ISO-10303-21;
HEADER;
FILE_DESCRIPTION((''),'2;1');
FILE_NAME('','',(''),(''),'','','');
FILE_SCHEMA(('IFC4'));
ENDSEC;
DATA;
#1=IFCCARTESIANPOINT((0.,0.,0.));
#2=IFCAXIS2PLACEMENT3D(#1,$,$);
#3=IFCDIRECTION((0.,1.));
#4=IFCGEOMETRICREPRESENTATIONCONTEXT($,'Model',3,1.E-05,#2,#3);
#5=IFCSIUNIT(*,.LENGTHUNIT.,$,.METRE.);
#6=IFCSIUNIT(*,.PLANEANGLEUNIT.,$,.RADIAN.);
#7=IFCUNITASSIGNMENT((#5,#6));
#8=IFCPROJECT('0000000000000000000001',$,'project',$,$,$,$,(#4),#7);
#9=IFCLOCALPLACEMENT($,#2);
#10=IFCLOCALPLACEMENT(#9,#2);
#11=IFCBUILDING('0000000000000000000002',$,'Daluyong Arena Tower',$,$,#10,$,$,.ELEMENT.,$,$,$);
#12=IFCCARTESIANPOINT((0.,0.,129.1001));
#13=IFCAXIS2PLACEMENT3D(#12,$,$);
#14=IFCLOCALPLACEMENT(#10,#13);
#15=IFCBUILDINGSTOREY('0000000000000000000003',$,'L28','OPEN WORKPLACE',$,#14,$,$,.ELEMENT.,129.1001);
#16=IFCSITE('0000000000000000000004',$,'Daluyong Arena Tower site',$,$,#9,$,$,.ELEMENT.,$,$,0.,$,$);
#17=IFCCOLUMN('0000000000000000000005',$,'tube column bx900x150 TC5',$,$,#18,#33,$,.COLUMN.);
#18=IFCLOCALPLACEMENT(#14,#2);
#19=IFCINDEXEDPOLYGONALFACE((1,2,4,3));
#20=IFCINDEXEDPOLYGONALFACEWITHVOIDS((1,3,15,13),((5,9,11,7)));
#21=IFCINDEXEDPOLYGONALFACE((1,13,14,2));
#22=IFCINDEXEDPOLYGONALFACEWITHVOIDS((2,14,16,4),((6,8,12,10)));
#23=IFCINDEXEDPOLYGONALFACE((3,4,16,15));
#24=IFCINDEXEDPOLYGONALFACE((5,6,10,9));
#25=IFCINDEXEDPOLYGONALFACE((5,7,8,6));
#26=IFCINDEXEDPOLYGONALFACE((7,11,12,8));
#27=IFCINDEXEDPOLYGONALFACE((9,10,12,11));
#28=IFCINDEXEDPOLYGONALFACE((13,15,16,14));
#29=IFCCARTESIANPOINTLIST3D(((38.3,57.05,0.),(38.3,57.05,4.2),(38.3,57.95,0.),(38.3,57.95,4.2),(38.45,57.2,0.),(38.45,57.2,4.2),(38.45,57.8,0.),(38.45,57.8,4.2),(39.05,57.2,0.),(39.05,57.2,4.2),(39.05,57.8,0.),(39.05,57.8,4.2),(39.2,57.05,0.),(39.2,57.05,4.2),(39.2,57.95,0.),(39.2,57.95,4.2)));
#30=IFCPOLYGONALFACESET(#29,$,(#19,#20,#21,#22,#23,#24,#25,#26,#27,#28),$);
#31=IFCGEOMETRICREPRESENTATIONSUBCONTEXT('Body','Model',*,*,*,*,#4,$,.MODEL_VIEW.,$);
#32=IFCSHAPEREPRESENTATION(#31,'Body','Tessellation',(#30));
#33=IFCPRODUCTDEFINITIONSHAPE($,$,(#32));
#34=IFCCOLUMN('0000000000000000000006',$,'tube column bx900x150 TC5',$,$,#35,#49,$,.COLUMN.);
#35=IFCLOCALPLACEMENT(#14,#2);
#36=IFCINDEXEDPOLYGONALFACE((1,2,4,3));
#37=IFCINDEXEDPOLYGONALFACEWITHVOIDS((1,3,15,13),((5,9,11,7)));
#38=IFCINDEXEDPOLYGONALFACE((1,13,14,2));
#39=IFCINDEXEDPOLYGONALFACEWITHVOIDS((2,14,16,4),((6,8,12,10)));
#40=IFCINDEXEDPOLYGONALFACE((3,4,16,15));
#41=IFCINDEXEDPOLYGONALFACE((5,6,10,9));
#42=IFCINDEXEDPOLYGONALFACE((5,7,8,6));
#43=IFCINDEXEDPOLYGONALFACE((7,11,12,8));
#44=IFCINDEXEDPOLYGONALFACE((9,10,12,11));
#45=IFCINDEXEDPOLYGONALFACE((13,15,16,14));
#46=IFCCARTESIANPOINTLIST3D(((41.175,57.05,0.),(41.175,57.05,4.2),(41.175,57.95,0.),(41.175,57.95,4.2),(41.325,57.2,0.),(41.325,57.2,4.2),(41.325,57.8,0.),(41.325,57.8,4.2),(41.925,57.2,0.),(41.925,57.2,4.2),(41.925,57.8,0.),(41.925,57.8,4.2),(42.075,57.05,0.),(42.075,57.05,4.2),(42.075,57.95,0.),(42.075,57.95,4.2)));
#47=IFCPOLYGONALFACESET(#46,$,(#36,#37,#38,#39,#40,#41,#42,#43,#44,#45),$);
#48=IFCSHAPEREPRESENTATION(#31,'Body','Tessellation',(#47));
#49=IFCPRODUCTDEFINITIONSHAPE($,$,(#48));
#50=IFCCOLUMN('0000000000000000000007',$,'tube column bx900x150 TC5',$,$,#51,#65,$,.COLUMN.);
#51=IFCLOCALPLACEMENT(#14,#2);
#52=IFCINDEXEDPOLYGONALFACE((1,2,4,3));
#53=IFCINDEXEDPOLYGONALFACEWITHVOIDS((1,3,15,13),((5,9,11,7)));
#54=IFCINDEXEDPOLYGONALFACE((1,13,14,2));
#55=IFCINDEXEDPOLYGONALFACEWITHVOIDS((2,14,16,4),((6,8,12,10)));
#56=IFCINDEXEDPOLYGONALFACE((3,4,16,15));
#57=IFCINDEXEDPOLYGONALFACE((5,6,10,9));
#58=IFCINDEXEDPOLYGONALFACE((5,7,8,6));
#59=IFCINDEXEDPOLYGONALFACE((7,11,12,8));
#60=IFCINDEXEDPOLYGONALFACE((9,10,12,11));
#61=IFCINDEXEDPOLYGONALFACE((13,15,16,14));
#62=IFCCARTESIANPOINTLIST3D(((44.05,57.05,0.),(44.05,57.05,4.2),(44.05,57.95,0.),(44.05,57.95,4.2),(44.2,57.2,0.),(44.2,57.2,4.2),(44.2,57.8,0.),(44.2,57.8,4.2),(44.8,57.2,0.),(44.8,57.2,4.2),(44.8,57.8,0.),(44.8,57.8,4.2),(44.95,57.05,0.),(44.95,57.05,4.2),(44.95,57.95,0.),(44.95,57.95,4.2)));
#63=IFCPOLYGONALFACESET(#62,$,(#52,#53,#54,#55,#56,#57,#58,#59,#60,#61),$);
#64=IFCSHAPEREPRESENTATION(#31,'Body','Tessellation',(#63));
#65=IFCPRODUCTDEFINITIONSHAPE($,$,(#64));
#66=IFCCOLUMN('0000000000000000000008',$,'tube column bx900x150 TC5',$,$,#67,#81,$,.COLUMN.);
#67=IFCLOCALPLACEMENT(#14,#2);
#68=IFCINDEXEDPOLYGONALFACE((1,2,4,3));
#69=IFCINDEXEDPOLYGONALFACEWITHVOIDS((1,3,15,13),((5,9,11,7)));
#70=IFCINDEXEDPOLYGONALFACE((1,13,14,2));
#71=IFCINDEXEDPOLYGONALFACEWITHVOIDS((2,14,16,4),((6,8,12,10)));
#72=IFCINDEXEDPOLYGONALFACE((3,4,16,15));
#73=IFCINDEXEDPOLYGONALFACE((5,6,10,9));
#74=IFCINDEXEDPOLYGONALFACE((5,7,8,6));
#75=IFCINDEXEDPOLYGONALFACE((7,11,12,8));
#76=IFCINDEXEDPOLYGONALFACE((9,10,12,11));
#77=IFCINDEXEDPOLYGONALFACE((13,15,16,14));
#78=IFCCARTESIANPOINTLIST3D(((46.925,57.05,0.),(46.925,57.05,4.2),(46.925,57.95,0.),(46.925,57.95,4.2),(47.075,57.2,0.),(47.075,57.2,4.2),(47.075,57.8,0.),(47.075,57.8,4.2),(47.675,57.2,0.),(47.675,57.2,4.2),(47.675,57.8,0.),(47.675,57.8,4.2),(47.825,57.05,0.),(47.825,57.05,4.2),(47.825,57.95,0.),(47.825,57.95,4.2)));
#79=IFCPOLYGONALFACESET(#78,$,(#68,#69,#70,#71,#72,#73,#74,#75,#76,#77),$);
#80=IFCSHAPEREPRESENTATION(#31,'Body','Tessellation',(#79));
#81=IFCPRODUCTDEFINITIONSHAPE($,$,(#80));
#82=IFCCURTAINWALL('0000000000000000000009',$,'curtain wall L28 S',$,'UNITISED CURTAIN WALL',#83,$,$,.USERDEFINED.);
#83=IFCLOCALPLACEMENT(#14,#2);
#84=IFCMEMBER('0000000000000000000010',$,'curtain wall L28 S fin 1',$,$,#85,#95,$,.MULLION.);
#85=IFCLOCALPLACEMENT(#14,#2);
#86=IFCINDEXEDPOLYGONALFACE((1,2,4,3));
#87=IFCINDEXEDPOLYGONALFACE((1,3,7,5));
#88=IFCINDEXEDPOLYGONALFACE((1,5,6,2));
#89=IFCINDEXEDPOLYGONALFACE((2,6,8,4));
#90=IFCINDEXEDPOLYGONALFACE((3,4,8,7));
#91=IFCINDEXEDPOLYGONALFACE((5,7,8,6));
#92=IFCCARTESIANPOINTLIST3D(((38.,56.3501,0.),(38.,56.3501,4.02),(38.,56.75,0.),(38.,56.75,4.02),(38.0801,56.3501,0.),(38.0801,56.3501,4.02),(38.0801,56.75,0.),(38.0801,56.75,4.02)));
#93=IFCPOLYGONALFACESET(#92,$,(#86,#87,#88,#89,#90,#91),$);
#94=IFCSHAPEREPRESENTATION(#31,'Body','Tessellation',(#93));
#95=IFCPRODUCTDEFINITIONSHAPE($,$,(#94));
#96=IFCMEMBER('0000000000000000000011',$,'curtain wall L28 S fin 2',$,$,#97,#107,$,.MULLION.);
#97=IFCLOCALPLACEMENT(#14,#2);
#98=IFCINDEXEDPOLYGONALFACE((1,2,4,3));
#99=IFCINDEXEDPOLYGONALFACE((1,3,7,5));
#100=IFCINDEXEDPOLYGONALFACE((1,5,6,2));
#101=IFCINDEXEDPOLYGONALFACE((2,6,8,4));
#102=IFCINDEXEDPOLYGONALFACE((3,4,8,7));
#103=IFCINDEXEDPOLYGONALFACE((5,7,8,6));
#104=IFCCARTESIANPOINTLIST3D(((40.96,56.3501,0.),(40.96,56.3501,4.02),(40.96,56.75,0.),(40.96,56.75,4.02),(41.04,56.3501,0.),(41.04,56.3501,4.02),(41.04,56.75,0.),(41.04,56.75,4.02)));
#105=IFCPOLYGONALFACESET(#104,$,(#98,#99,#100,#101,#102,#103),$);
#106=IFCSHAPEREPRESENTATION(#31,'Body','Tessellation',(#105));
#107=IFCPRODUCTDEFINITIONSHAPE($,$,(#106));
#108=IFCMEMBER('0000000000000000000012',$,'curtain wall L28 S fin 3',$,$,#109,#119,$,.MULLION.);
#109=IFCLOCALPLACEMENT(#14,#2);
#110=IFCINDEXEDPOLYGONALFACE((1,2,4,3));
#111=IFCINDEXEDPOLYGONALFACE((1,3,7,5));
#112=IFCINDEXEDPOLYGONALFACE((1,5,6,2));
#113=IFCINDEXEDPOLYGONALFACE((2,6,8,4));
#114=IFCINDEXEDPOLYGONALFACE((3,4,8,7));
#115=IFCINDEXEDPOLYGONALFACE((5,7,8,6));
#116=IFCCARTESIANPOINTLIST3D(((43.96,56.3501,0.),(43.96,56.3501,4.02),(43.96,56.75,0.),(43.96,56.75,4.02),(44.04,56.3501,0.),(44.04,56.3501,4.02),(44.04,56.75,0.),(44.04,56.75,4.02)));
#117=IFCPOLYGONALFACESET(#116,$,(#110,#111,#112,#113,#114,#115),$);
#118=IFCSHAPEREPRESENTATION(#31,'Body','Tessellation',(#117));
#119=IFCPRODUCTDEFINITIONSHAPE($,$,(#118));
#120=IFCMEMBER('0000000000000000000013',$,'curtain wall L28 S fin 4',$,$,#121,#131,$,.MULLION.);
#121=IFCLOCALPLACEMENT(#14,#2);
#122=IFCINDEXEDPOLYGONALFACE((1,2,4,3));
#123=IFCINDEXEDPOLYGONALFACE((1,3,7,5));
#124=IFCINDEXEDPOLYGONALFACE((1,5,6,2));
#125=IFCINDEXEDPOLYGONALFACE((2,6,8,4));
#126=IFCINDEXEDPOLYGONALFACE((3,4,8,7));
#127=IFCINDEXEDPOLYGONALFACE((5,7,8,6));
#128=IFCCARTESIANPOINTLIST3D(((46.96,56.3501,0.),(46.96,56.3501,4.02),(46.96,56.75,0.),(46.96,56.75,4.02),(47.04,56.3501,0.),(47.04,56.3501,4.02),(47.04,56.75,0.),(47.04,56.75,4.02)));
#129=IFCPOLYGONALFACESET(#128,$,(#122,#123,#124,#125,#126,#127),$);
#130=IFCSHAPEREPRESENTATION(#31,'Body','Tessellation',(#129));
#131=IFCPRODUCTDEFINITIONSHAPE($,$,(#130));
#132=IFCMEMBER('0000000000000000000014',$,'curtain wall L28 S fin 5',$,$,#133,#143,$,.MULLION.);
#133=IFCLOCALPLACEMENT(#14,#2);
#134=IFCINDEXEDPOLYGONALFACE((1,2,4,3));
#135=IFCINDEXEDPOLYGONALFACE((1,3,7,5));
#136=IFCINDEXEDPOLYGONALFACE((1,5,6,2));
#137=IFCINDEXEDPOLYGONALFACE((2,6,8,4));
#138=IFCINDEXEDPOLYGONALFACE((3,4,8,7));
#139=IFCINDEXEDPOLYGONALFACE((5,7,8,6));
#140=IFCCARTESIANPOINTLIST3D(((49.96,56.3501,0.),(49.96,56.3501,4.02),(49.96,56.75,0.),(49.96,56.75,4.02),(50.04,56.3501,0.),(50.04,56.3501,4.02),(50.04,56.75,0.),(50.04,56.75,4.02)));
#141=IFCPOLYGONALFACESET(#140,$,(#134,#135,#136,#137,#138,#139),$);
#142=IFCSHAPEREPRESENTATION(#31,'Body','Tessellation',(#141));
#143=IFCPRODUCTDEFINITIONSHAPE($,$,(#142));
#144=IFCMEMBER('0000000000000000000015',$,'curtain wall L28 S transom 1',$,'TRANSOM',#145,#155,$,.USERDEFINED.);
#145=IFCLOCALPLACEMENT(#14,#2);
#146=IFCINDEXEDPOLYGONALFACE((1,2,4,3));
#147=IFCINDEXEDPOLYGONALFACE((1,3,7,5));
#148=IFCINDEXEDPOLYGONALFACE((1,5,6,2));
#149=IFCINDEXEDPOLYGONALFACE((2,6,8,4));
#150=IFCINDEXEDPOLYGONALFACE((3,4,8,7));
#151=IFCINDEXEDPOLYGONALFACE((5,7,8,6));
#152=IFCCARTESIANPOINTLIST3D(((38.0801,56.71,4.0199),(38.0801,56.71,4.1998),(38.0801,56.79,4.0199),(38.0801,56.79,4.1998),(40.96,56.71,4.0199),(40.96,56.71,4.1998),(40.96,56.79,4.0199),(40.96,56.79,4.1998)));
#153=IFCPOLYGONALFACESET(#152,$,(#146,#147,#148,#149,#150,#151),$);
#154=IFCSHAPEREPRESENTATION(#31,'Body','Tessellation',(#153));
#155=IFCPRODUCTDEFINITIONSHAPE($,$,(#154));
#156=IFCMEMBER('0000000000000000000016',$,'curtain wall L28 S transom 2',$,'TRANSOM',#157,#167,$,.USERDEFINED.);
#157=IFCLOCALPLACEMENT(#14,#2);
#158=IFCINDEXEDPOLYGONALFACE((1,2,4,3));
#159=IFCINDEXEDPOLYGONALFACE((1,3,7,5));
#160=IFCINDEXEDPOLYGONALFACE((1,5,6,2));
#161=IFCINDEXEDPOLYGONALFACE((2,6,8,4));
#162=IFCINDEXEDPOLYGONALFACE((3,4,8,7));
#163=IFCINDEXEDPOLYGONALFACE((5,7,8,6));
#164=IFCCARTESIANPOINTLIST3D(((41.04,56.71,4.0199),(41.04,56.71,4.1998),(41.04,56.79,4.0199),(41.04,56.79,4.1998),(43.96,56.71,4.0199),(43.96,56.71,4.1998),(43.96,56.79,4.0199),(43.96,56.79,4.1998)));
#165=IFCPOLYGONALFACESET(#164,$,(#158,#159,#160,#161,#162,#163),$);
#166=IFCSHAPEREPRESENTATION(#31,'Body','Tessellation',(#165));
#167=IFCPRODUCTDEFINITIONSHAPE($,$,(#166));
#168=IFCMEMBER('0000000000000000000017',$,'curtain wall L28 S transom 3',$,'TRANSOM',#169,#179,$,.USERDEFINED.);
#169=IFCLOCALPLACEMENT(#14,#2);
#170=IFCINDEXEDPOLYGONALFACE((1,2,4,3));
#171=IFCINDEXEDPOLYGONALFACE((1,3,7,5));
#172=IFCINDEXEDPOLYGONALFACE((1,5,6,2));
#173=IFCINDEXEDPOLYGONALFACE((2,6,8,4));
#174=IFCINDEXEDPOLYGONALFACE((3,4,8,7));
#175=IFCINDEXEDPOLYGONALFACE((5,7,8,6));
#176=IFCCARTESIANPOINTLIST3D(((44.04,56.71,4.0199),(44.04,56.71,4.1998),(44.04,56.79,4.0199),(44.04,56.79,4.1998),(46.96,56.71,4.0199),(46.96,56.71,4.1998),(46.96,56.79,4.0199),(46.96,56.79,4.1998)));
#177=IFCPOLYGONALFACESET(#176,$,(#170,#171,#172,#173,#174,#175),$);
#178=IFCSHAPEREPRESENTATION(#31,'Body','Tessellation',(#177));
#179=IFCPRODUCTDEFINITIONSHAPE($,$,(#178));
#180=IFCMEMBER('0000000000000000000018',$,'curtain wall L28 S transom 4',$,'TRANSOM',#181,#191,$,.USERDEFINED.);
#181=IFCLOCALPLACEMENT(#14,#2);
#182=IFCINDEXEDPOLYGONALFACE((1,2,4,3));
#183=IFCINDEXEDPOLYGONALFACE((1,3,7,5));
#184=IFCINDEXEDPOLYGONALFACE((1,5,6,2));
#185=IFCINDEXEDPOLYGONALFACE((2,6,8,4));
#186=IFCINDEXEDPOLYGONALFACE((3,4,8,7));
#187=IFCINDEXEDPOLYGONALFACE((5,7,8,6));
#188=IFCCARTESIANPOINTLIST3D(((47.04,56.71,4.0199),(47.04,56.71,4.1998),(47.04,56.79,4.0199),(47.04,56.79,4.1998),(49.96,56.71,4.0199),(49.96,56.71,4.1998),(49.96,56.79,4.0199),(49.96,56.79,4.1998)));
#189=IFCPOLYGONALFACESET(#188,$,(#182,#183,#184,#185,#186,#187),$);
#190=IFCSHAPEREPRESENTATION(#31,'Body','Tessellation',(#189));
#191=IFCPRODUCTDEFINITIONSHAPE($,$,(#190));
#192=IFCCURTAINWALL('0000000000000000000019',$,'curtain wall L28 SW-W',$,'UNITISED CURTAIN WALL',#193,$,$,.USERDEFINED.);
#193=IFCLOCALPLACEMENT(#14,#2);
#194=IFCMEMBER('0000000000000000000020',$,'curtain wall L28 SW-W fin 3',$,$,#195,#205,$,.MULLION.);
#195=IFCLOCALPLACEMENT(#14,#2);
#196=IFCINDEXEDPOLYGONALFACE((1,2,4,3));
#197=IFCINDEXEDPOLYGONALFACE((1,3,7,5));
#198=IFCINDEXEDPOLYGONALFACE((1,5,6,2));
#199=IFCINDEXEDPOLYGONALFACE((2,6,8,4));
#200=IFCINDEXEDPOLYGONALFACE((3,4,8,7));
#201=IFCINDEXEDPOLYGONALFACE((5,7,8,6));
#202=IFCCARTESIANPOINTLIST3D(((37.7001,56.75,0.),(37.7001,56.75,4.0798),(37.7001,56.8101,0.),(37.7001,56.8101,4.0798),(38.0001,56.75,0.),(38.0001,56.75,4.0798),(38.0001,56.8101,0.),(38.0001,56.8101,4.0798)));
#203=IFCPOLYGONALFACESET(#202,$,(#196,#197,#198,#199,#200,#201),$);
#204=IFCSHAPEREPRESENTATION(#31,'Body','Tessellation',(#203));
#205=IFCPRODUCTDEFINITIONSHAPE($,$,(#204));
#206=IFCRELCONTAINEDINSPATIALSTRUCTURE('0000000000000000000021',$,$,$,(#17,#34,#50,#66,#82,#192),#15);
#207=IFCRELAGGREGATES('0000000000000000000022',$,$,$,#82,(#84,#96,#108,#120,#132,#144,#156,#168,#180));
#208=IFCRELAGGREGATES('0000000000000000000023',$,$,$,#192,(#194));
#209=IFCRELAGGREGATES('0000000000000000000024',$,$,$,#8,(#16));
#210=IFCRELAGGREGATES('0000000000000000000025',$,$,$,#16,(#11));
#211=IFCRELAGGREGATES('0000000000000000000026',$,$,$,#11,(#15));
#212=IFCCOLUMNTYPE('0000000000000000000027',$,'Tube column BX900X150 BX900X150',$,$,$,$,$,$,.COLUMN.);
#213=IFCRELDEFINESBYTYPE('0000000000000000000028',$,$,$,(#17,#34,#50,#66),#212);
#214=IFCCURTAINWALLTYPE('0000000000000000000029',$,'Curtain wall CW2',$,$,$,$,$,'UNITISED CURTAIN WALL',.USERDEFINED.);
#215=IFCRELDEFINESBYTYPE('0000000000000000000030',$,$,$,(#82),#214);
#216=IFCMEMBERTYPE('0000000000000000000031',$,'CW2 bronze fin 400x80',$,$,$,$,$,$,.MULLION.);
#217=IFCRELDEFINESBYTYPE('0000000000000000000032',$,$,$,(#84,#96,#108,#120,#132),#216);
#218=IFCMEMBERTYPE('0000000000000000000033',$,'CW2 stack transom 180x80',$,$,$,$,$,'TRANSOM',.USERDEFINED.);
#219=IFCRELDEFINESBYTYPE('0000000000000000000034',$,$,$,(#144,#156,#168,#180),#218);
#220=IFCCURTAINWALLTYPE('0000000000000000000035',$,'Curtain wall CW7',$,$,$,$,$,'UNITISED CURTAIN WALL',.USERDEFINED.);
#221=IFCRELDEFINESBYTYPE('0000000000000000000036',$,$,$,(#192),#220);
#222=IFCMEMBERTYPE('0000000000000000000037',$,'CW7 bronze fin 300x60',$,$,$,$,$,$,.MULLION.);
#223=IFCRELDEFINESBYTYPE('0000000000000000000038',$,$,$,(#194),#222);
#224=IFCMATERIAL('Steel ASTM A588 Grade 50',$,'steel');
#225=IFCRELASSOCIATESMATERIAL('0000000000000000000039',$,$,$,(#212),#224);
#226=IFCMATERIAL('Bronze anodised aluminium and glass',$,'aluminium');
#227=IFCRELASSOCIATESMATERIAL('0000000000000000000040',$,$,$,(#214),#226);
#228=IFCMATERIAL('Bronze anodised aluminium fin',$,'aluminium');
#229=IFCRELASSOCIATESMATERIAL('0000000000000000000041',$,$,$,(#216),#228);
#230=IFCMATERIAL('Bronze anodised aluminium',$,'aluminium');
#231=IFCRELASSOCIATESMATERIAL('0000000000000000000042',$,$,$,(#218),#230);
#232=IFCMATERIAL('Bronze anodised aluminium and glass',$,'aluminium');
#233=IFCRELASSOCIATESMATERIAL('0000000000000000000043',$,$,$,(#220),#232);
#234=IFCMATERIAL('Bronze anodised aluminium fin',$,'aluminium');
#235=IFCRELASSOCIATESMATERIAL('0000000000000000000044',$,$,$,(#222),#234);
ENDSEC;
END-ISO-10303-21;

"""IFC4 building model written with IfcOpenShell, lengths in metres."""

from ifc_helpers import new_model, si_unit, direction, frame, origin, origin_2d, place, context, subcontext, project, spatial, rectangle, hollow_rectangle, extrude, material, material_profile, profile_set, type_object, element, aggregate, save


model = new_model("IFC4")

# Units and contexts
model_context = context("Model", 3, precision=1e-05, world=origin(), true_north=direction((0.0, 1.0)))
body_context = subcontext(model_context, "Body", "Model", "MODEL_VIEW")
ifc_project = project(units=[si_unit("LENGTHUNIT", "METRE"), si_unit("PLANEANGLEUNIT", "RADIAN")], contexts=[model_context])

# Site, building, storey
site_placement = place(None, origin())
site = spatial("IfcSite", under=ifc_project, at=site_placement, Name="Daluyong Arena Tower site", CompositionType="ELEMENT", RefElevation=0.0)
building_placement = place(site_placement, origin())
building = spatial("IfcBuilding", under=site, at=building_placement, Name="Daluyong Arena Tower", CompositionType="ELEMENT")
storey_placement = place(building_placement, frame((0.0, 0.0, 129.1001)))
storey = spatial("IfcBuildingStorey", under=building, at=storey_placement, Name="L28", Description="OPEN WORKPLACE", CompositionType="ELEMENT", Elevation=129.1001)

# Columns
ifc_material_1 = material(Name="Steel ASTM A588 Grade 50", Category="steel")
ifc_material_profile_1 = material_profile(ifc_material_1, hollow_rectangle(XDim=0.8999, YDim=0.8999, WallThickness=0.15, at=origin_2d()))
ifc_profile_set_1 = profile_set([ifc_material_profile_1], Name="Steel ASTM A588 Grade 50")
column_type = type_object("IfcColumnType", Name="Tube column BX900X150 BX900X150", PredefinedType="COLUMN", material=ifc_profile_set_1)
for number, where, z_axis, x_axis, name in (
    (1, (38.75, 57.5, 0.0), (0.0, 0.0, 1.0), (1.0, 0.0, 0.0), "tube column bx900x150 TC5"),
    (2, (41.625, 57.5, 0.0), (0.0, 0.0, 1.0), (1.0, 0.0, 0.0), "tube column bx900x150 TC5"),
    (3, (44.5, 57.5, 0.0), (0.0, 0.0, 1.0), (1.0, 0.0, 0.0), "tube column bx900x150 TC5"),
    (4, (47.375, 57.5, 0.0), (0.0, 0.0, 1.0), (1.0, 0.0, 0.0), "tube column bx900x150 TC5"),
):
    element("IfcColumn", number, at=place(storey_placement, frame(where, z_axis=z_axis, x_axis=x_axis)), inside=storey, type_object=column_type, Name=name, PredefinedType="COLUMN", context=body_context, shape_type="SweptSolid", body=[
        extrude(hollow_rectangle(XDim=0.8999, YDim=0.8999, WallThickness=0.15, at=origin_2d()), origin(), (0.0, 0.0, 1.0), 4.2),
    ])

# Curtain walls, members
ifc_material_2 = material(Name="Bronze anodised aluminium and glass", Category="aluminium")
curtain_wall_type_1 = type_object("IfcCurtainWallType", Name="Curtain wall CW2", ElementType="UNITISED CURTAIN WALL", PredefinedType="USERDEFINED", material=ifc_material_2)
curtain_wall_1_placement = place(storey_placement, origin())
curtain_wall_1 = element("IfcCurtainWall", 5, at=curtain_wall_1_placement, inside=storey, type_object=curtain_wall_type_1, Name="curtain wall L28 S", ObjectType="UNITISED CURTAIN WALL", PredefinedType="USERDEFINED")
ifc_material_3 = material(Name="Bronze anodised aluminium fin", Category="aluminium")
ifc_material_profile_2 = material_profile(ifc_material_3, rectangle(XDim=0.3999, YDim=0.0801, at=origin_2d()))
ifc_profile_set_2 = profile_set([ifc_material_profile_2], Name="Bronze anodised aluminium fin")
member_type_1 = type_object("IfcMemberType", Name="CW2 bronze fin 400x80", PredefinedType="MULLION", material=ifc_profile_set_2)
member_1_placement = place(storey_placement, frame((38.04, 56.55, 0.0), z_axis=(0.0, 0.0, 1.0), x_axis=(0.0, 1.0, 0.0)))
member_1 = element("IfcMember", 6, at=member_1_placement, type_object=member_type_1, Name="curtain wall L28 S fin 1", PredefinedType="MULLION", context=body_context, shape_type="SweptSolid", body=[
    extrude(rectangle(XDim=0.3999, YDim=0.0801, at=origin_2d()), origin(), (0.0, 0.0, 1.0), 4.02),
])
member_2_placement = place(storey_placement, frame((41.0, 56.55, 0.0), z_axis=(0.0, 0.0, 1.0), x_axis=(0.0, 1.0, 0.0)))
member_2 = element("IfcMember", 7, at=member_2_placement, type_object=member_type_1, Name="curtain wall L28 S fin 2", PredefinedType="MULLION", context=body_context, shape_type="SweptSolid", body=[
    extrude(rectangle(XDim=0.3999, YDim=0.0801, at=origin_2d()), origin(), (0.0, 0.0, 1.0), 4.02),
])
member_3_placement = place(storey_placement, frame((44.0, 56.55, 0.0), z_axis=(0.0, 0.0, 1.0), x_axis=(0.0, 1.0, 0.0)))
member_3 = element("IfcMember", 8, at=member_3_placement, type_object=member_type_1, Name="curtain wall L28 S fin 3", PredefinedType="MULLION", context=body_context, shape_type="SweptSolid", body=[
    extrude(rectangle(XDim=0.3999, YDim=0.0801, at=origin_2d()), origin(), (0.0, 0.0, 1.0), 4.02),
])
member_4_placement = place(storey_placement, frame((47.0, 56.55, 0.0), z_axis=(0.0, 0.0, 1.0), x_axis=(0.0, 1.0, 0.0)))
member_4 = element("IfcMember", 9, at=member_4_placement, type_object=member_type_1, Name="curtain wall L28 S fin 4", PredefinedType="MULLION", context=body_context, shape_type="SweptSolid", body=[
    extrude(rectangle(XDim=0.3999, YDim=0.0801, at=origin_2d()), origin(), (0.0, 0.0, 1.0), 4.02),
])
member_5_placement = place(storey_placement, frame((50.0, 56.55, 0.0), z_axis=(0.0, 0.0, 1.0), x_axis=(0.0, 1.0, 0.0)))
member_5 = element("IfcMember", 10, at=member_5_placement, type_object=member_type_1, Name="curtain wall L28 S fin 5", PredefinedType="MULLION", context=body_context, shape_type="SweptSolid", body=[
    extrude(rectangle(XDim=0.3999, YDim=0.0801, at=origin_2d()), origin(), (0.0, 0.0, 1.0), 4.02),
])
ifc_material_4 = material(Name="Bronze anodised aluminium", Category="aluminium")
ifc_material_profile_3 = material_profile(ifc_material_4, rectangle(XDim=0.0801, YDim=0.1799, at=origin_2d()))
ifc_profile_set_3 = profile_set([ifc_material_profile_3], Name="Bronze anodised aluminium")
member_type_2 = type_object("IfcMemberType", Name="CW2 stack transom 180x80", ElementType="TRANSOM", PredefinedType="USERDEFINED", material=ifc_profile_set_3)
member_6_placement = place(storey_placement, frame((38.0801, 56.75, 4.1099), z_axis=(1.0, 0.0, 0.0), x_axis=(0.0, 1.0, 0.0)))
member_6 = element("IfcMember", 11, at=member_6_placement, type_object=member_type_2, Name="curtain wall L28 S transom 1", ObjectType="TRANSOM", PredefinedType="USERDEFINED", context=body_context, shape_type="SweptSolid", body=[
    extrude(rectangle(XDim=0.0801, YDim=0.1799, at=origin_2d()), origin(), (0.0, 0.0, 1.0), 2.8799),
])
member_7_placement = place(storey_placement, frame((41.04, 56.75, 4.1099), z_axis=(1.0, 0.0, 0.0), x_axis=(0.0, 1.0, 0.0)))
member_7 = element("IfcMember", 12, at=member_7_placement, type_object=member_type_2, Name="curtain wall L28 S transom 2", ObjectType="TRANSOM", PredefinedType="USERDEFINED", context=body_context, shape_type="SweptSolid", body=[
    extrude(rectangle(XDim=0.0801, YDim=0.1799, at=origin_2d()), origin(), (0.0, 0.0, 1.0), 2.9199),
])
member_8_placement = place(storey_placement, frame((44.04, 56.75, 4.1099), z_axis=(1.0, 0.0, 0.0), x_axis=(0.0, 1.0, 0.0)))
member_8 = element("IfcMember", 13, at=member_8_placement, type_object=member_type_2, Name="curtain wall L28 S transom 3", ObjectType="TRANSOM", PredefinedType="USERDEFINED", context=body_context, shape_type="SweptSolid", body=[
    extrude(rectangle(XDim=0.0801, YDim=0.1799, at=origin_2d()), origin(), (0.0, 0.0, 1.0), 2.9199),
])
member_9_placement = place(storey_placement, frame((47.04, 56.75, 4.1099), z_axis=(1.0, 0.0, 0.0), x_axis=(0.0, 1.0, 0.0)))
member_9 = element("IfcMember", 14, at=member_9_placement, type_object=member_type_2, Name="curtain wall L28 S transom 4", ObjectType="TRANSOM", PredefinedType="USERDEFINED", context=body_context, shape_type="SweptSolid", body=[
    extrude(rectangle(XDim=0.0801, YDim=0.1799, at=origin_2d()), origin(), (0.0, 0.0, 1.0), 2.9199),
])
ifc_material_5 = material(Name="Bronze anodised aluminium and glass", Category="aluminium")
curtain_wall_type_2 = type_object("IfcCurtainWallType", Name="Curtain wall CW7", ElementType="UNITISED CURTAIN WALL", PredefinedType="USERDEFINED", material=ifc_material_5)
curtain_wall_2_placement = place(storey_placement, origin())
curtain_wall_2 = element("IfcCurtainWall", 15, at=curtain_wall_2_placement, inside=storey, type_object=curtain_wall_type_2, Name="curtain wall L28 SW-W", ObjectType="UNITISED CURTAIN WALL", PredefinedType="USERDEFINED")
ifc_material_6 = material(Name="Bronze anodised aluminium fin", Category="aluminium")
ifc_material_profile_4 = material_profile(ifc_material_6, rectangle(XDim=0.3, YDim=0.0601, at=origin_2d()))
ifc_profile_set_4 = profile_set([ifc_material_profile_4], Name="Bronze anodised aluminium fin")
member_type_3 = type_object("IfcMemberType", Name="CW7 bronze fin 300x60", PredefinedType="MULLION", material=ifc_profile_set_4)
member_10_placement = place(storey_placement, frame((37.8501, 56.78, 0.0), z_axis=(0.0, 0.0, 1.0), x_axis=(1.0, 0.0, 0.0)))
member_10 = element("IfcMember", 16, at=member_10_placement, type_object=member_type_3, Name="curtain wall L28 SW-W fin 3", PredefinedType="MULLION", context=body_context, shape_type="SweptSolid", body=[
    extrude(rectangle(XDim=0.3, YDim=0.0601, at=origin_2d()), origin(), (0.0, 0.0, 1.0), 4.0798),
])

aggregate(curtain_wall_1, [member_1, member_2, member_3, member_4, member_5, member_6, member_7, member_8, member_9])
aggregate(curtain_wall_2, [member_10])

save(model, "model.ifc")
